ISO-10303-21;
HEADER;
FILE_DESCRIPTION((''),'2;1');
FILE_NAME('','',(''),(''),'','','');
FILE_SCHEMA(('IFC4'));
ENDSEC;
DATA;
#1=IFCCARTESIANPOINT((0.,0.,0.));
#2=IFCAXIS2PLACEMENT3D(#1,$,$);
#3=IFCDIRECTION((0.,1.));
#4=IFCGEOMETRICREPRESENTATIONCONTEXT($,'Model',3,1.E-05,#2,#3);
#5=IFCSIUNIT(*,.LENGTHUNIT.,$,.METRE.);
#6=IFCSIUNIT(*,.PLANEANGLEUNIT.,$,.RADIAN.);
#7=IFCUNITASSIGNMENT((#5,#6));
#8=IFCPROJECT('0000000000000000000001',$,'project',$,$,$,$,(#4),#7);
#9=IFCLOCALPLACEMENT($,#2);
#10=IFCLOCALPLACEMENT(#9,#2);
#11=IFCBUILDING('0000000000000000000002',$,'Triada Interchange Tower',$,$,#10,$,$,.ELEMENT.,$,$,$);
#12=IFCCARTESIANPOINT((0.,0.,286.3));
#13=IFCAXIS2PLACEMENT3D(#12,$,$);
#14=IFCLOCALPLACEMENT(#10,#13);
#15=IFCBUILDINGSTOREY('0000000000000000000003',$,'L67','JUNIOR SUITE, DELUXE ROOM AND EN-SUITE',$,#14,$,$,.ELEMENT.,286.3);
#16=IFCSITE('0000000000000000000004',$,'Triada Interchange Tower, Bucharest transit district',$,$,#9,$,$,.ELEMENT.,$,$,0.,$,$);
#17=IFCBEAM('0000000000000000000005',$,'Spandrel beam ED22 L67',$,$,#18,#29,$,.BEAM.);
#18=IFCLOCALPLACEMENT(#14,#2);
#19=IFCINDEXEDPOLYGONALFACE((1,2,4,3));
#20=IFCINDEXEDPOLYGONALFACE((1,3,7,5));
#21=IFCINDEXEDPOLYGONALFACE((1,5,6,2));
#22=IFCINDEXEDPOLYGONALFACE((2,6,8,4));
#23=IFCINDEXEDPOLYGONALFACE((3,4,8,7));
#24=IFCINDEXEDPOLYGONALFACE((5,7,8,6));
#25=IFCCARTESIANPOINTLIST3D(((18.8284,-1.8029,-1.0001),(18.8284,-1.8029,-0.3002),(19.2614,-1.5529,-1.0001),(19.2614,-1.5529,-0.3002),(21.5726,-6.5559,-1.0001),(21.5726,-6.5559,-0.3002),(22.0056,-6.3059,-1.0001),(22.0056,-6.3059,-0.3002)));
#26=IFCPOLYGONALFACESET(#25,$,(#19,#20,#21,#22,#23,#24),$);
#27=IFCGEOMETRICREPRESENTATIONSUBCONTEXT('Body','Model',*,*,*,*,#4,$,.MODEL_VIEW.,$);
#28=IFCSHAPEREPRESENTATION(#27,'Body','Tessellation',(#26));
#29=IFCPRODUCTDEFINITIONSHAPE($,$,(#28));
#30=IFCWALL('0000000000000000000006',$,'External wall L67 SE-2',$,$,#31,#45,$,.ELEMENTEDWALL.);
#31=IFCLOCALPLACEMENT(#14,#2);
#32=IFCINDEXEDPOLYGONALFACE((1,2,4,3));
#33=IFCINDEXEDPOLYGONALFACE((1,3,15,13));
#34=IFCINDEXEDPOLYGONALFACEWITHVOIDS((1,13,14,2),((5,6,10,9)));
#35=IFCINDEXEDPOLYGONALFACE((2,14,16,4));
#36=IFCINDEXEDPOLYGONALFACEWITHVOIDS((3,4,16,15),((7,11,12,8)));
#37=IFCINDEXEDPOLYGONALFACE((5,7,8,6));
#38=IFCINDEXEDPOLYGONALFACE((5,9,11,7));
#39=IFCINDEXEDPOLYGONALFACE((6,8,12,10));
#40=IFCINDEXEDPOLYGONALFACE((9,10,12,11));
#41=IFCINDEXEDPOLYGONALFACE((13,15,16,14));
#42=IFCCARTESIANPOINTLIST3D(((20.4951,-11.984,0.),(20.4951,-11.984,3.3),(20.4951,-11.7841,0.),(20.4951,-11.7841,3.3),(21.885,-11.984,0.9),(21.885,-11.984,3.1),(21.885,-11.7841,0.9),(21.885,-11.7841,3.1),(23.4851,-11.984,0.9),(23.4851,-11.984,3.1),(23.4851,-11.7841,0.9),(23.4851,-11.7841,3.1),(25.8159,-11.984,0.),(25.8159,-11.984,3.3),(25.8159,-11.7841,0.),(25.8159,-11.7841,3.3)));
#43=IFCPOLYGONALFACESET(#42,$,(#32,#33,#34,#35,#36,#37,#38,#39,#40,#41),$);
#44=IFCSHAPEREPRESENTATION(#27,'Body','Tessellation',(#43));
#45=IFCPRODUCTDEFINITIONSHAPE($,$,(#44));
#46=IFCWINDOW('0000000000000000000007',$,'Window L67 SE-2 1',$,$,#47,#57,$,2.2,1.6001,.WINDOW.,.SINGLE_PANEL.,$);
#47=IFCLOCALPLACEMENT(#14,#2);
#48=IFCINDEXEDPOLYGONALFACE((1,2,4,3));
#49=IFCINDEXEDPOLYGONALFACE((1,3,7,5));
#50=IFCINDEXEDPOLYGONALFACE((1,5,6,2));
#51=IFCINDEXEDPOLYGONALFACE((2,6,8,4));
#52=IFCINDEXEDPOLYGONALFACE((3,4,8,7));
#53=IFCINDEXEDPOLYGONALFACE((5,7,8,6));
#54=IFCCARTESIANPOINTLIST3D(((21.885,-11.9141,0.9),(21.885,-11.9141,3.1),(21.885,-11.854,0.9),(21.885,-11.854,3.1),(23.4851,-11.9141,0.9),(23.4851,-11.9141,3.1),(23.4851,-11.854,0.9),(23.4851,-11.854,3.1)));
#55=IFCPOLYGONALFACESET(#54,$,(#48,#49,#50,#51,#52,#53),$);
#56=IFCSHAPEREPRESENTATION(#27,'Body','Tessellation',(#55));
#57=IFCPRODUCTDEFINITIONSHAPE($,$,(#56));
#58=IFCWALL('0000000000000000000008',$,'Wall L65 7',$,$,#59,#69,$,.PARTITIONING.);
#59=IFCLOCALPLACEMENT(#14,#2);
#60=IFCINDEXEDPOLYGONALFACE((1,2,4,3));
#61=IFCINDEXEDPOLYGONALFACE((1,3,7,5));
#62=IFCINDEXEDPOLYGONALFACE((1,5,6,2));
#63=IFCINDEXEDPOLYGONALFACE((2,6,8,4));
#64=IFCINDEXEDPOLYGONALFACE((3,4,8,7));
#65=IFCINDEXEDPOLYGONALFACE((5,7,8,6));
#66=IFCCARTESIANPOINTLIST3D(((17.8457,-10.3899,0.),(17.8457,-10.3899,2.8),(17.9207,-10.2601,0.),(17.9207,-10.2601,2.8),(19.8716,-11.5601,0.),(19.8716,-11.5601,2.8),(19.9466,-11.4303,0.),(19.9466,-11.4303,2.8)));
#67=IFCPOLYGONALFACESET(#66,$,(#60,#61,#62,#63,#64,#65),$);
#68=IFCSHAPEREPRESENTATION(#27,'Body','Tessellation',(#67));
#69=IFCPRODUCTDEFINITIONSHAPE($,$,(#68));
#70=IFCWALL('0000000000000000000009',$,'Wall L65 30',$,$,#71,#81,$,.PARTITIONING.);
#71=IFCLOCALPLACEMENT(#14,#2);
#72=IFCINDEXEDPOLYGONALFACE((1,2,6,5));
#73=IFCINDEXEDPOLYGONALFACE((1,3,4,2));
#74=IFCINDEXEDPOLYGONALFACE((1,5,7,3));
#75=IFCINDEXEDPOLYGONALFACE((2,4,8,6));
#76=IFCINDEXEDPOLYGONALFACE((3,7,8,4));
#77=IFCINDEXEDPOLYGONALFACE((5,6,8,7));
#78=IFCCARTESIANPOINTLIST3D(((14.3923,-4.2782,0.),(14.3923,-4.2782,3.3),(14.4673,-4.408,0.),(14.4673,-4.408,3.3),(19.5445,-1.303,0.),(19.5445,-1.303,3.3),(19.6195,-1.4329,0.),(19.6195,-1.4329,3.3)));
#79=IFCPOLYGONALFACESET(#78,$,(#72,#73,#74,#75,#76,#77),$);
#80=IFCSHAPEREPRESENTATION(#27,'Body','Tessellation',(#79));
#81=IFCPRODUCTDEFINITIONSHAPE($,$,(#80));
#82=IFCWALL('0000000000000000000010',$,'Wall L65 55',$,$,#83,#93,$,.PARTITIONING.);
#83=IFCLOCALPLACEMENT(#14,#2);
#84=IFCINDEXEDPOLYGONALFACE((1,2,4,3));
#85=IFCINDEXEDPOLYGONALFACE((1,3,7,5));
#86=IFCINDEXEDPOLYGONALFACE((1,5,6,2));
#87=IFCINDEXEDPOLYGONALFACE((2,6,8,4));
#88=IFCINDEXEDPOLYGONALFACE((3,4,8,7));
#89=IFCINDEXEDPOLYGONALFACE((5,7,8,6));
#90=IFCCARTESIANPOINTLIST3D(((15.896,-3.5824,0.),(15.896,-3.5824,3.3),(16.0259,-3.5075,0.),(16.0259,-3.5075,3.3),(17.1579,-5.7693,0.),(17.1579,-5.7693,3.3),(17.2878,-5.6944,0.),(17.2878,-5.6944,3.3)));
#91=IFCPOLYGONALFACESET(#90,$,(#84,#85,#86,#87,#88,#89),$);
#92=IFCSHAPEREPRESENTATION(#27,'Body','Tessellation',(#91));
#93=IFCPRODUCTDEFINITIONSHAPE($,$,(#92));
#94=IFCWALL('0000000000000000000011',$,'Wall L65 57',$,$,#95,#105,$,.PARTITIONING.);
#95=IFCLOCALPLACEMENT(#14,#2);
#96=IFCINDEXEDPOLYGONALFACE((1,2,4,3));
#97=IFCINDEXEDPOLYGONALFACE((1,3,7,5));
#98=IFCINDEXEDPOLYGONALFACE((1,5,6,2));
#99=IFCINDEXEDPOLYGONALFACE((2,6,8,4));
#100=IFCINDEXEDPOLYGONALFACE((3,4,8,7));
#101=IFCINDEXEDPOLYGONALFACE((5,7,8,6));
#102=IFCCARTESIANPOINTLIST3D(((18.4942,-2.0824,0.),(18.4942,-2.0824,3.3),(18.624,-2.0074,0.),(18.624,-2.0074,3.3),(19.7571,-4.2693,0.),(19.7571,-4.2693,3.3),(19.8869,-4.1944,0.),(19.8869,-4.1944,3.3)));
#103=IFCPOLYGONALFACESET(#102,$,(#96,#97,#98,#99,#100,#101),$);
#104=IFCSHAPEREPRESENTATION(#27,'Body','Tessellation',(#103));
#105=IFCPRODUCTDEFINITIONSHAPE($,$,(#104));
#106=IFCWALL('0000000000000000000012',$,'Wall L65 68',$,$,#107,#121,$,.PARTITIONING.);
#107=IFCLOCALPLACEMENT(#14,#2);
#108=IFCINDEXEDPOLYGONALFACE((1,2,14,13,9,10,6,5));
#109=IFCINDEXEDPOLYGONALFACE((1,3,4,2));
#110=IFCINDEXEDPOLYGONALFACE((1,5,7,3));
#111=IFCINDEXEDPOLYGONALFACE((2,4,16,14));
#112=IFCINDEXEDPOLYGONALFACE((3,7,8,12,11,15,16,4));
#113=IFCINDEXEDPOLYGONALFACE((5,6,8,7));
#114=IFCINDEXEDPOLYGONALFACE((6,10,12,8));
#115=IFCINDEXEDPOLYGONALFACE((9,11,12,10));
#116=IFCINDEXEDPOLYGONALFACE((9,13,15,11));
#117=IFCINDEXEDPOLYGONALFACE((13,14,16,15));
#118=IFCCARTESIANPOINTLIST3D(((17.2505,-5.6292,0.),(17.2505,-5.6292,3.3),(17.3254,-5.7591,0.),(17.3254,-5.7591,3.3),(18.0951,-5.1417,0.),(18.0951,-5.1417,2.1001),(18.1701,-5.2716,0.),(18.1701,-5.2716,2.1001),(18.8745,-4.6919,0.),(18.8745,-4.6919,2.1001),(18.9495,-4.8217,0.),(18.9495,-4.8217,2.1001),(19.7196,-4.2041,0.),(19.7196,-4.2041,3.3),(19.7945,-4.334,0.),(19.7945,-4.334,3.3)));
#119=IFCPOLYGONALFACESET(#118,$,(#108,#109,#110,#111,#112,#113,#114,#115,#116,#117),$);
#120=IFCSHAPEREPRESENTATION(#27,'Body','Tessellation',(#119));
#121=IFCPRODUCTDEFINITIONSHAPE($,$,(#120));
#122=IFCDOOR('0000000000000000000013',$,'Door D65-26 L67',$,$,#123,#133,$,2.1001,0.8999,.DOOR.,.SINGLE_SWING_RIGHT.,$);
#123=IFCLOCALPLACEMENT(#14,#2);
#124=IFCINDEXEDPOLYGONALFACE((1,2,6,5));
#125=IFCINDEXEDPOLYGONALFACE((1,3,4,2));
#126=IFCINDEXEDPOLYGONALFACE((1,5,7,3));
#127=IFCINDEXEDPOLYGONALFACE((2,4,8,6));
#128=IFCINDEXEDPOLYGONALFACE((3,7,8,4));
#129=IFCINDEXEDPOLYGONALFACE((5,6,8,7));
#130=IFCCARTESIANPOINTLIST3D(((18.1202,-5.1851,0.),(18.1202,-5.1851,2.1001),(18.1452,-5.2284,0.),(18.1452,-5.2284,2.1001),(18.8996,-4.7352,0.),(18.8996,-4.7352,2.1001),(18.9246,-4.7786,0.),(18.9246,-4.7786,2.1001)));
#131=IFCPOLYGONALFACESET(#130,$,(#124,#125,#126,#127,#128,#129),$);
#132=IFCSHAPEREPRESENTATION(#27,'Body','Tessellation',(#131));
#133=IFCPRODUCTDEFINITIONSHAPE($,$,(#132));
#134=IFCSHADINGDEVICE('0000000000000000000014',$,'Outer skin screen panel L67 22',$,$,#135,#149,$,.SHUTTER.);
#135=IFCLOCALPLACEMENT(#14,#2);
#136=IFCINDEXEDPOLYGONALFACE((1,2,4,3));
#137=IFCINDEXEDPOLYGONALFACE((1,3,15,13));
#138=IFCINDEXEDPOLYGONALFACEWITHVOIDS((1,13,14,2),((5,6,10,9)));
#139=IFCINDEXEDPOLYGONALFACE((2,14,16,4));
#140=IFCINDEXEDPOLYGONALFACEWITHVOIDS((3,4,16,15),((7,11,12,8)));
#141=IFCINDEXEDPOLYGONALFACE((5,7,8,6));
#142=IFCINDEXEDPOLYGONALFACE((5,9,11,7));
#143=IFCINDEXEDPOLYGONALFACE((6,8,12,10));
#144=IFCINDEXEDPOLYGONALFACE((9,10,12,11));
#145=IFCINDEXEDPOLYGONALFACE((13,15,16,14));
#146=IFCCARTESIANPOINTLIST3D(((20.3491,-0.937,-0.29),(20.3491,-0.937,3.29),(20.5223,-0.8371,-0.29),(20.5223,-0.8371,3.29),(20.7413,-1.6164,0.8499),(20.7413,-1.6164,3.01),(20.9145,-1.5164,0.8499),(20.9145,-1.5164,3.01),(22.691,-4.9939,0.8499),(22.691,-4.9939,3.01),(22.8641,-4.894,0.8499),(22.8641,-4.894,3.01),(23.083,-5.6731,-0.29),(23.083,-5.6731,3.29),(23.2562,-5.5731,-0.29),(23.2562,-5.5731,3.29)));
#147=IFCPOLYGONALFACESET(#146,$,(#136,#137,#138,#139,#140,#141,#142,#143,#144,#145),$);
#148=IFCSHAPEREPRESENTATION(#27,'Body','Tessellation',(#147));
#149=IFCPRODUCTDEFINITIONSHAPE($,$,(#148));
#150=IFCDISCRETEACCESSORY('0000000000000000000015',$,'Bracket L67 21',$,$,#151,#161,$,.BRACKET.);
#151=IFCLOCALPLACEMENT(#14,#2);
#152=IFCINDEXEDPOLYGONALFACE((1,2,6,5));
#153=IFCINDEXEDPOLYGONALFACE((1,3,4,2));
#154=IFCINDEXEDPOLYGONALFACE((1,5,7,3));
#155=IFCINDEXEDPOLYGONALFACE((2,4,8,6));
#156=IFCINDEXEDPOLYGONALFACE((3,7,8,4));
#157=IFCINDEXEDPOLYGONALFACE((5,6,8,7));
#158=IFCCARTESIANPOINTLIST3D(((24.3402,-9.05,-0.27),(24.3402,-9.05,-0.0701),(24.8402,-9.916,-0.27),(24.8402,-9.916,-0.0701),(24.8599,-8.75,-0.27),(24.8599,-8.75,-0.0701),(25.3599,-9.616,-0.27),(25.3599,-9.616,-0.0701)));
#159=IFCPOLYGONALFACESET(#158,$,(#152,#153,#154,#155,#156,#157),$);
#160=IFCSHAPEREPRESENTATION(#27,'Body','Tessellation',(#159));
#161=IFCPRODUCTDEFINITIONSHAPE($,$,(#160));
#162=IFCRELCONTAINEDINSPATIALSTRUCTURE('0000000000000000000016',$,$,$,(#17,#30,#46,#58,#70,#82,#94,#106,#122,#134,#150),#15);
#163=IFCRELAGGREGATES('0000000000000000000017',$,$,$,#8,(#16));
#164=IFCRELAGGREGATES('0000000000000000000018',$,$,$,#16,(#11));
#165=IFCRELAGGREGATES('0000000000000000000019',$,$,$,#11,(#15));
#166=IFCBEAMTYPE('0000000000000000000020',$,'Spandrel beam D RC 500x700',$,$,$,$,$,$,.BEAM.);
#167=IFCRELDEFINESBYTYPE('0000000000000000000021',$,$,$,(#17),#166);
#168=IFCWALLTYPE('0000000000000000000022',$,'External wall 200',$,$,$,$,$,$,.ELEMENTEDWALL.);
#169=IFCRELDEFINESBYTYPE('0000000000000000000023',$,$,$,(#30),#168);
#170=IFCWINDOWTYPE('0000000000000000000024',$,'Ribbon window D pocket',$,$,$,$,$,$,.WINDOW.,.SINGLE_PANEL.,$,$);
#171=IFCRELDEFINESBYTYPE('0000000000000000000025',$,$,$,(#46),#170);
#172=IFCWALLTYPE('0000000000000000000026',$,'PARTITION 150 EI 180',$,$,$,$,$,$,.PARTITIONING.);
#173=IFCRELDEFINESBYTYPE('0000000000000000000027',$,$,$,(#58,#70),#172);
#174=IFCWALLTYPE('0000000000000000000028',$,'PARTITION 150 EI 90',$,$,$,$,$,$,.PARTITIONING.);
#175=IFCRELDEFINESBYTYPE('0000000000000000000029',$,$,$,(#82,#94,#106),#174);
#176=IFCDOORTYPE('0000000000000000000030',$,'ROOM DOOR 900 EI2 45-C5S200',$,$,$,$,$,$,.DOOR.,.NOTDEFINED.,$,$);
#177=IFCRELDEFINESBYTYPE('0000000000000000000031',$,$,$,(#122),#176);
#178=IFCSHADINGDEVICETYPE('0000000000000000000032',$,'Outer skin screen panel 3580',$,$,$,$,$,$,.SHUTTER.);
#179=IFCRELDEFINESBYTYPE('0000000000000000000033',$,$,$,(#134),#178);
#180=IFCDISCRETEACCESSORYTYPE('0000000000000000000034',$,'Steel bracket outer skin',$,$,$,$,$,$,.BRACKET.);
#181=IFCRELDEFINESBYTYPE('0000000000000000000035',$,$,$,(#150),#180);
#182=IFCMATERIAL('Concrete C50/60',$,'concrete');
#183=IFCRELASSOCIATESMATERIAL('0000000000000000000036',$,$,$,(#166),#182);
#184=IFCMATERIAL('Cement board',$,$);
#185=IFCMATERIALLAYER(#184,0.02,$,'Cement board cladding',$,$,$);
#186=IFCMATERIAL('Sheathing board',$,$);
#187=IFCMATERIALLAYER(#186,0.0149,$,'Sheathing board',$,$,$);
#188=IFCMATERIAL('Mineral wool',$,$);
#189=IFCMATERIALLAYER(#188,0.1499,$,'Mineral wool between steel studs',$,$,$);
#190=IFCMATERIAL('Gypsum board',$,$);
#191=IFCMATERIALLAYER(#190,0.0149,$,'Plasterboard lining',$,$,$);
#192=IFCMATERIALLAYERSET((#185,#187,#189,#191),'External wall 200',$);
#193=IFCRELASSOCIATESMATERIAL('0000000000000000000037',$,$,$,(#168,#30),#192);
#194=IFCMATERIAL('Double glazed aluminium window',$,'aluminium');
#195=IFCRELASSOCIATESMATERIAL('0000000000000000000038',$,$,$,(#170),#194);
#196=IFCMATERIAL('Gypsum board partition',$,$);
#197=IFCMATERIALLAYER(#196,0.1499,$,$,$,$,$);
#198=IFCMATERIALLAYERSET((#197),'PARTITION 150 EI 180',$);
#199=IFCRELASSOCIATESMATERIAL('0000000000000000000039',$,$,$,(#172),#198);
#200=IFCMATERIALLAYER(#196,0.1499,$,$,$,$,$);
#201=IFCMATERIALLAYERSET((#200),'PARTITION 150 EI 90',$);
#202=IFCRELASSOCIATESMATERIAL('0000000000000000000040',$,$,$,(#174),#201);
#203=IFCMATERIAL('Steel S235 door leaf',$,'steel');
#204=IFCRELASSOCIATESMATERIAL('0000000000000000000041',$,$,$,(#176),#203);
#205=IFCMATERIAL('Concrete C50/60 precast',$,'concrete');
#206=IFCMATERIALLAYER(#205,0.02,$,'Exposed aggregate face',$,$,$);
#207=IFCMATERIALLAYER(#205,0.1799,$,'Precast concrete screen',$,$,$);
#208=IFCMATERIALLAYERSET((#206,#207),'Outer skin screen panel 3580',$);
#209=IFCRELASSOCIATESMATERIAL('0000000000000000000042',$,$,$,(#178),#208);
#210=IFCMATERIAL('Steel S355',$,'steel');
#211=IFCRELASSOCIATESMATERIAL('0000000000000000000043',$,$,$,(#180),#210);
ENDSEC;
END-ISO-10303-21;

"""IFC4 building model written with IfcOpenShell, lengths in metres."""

from ifc_helpers import new_model, si_unit, direction, frame, frame_2d, origin, origin_2d, place, context, subcontext, project, spatial, polyline, rectangle, outline, extrude, material, layer, layer_set, layer_usage, material_profile, profile_set, type_object, element, fill, save


model = new_model("IFC4")

# Units and contexts
model_context = context("Model", 3, precision=1e-05, world=origin(), true_north=direction((0.0, 1.0)))
body_context = subcontext(model_context, "Body", "Model", "MODEL_VIEW")
ifc_project = project(units=[si_unit("LENGTHUNIT", "METRE"), si_unit("PLANEANGLEUNIT", "RADIAN")], contexts=[model_context])

# Site, building, storey
site_placement = place(None, origin())
site = spatial("IfcSite", under=ifc_project, at=site_placement, Name="Triada Interchange Tower, Bucharest transit district", CompositionType="ELEMENT", RefElevation=0.0)
building_placement = place(site_placement, origin())
building = spatial("IfcBuilding", under=site, at=building_placement, Name="Triada Interchange Tower", CompositionType="ELEMENT")
storey_placement = place(building_placement, frame((0.0, 0.0, 286.3)))
storey = spatial("IfcBuildingStorey", under=building, at=storey_placement, Name="L67", Description="JUNIOR SUITE, DELUXE ROOM AND EN-SUITE", CompositionType="ELEMENT", Elevation=286.3)

# Beam
ifc_material_1 = material(Name="Concrete C50/60", Category="concrete")
ifc_material_profile_1 = material_profile(ifc_material_1, rectangle(XDim=0.5, YDim=0.7, at=origin_2d()), Name="RC 500x700")
ifc_profile_set_1 = profile_set([ifc_material_profile_1], Name="Concrete C50/60")
beam_type_1 = type_object("IfcBeamType", Name="Spandrel beam D RC 500x700", PredefinedType="BEAM", material=ifc_profile_set_1)
for number, where, z_axis, x_axis, name in (
    (1, (21.7891, -6.4309, -0.6501), (-0.500005, 0.866023, 0.0), (-0.866023, -0.500005, 0.0), "Spandrel beam ED22 L67"),
):
    element("IfcBeam", number, at=place(storey_placement, frame(where, z_axis=z_axis, x_axis=x_axis)), inside=storey, type_object=beam_type_1, Name=name, PredefinedType="BEAM", context=body_context, shape_type="SweptSolid", body=[
        extrude(rectangle(XDim=0.5, YDim=0.7, at=origin_2d()), origin(), (0.0, 0.0, 1.0), 5.4883),
    ])

# Shared definitions
ifc_material_2 = material(Name="Steel S235 door leaf", Category="steel")

# Wall, opening, window
ifc_material_3 = material(Name="Cement board")
ifc_layer_1 = layer(ifc_material_3, 0.02, Name="Cement board cladding")
ifc_material_4 = material(Name="Sheathing board")
ifc_layer_2 = layer(ifc_material_4, 0.0149, Name="Sheathing board")
ifc_material_5 = material(Name="Mineral wool")
ifc_layer_3 = layer(ifc_material_5, 0.1499, Name="Mineral wool between steel studs")
ifc_material_6 = material(Name="Gypsum board")
ifc_layer_4 = layer(ifc_material_6, 0.0149, Name="Plasterboard lining")
ifc_layer_set_1 = layer_set([ifc_layer_1, ifc_layer_2, ifc_layer_3, ifc_layer_4], Name="External wall 200")
ifc_layer_usage = layer_usage(ifc_layer_set_1, "AXIS2", "POSITIVE", -0.1001)
wall_type_1 = type_object("IfcWallType", Name="External wall 200", PredefinedType="ELEMENTEDWALL", material=ifc_layer_set_1)
wall_1_placement = place(storey_placement, frame((20.4951, -11.884, 0.0), z_axis=(0.0, 0.0, 1.0), x_axis=(1.0, 0.0, 0.0)))
wall_1 = element("IfcWall", 2, at=wall_1_placement, inside=storey, type_object=wall_type_1, material=ifc_layer_usage, Name="External wall L67 SE-2", PredefinedType="ELEMENTEDWALL", context=body_context, shape_type="SweptSolid", body=[
    extrude(rectangle(XDim=5.3208, YDim=0.2, at=frame_2d((2.6604, 0.0))), origin(), (0.0, 0.0, 1.0), 3.3),
])
opening_1_placement = place(wall_1_placement, frame((1.3899, 0.0, 0.8999)))
opening_1 = element("IfcOpeningElement", 3, at=opening_1_placement, cuts=wall_1, PredefinedType="OPENING", context=body_context, shape_type="SweptSolid", body=[
    extrude(rectangle(XDim=1.6001, YDim=2.2, at=frame_2d((0.8, 1.1001))), frame((0.0, 0.1099, 0.0), z_axis=(0.0, -1.0, 0.0), x_axis=(1.0, 0.0, 0.0)), (0.0, 0.0, 1.0), 0.22),
])
ifc_material_7 = material(Name="Double glazed aluminium window", Category="aluminium")
window_type = type_object("IfcWindowType", Name="Ribbon window D pocket", PartitioningType="SINGLE_PANEL", PredefinedType="WINDOW", material=ifc_material_7)
window_placement = place(opening_1_placement, origin())
window = element("IfcWindow", 4, at=window_placement, inside=storey, type_object=window_type, Name="Window L67 SE-2 1", OverallHeight=2.2, OverallWidth=1.6001, PartitioningType="SINGLE_PANEL", PredefinedType="WINDOW", context=body_context, shape_type="SweptSolid", body=[
    extrude(rectangle(XDim=1.6001, YDim=2.2, at=frame_2d((0.8, 1.1001))), frame((0.0, 0.03, 0.0), z_axis=(0.0, -1.0, 0.0), x_axis=(1.0, 0.0, 0.0)), (0.0, 0.0, 1.0), 0.0601),
])
fill(opening_1, window)

# Walls
ifc_material_8 = material(Name="Gypsum board partition")
ifc_layer_5 = layer(ifc_material_8, 0.1499)
ifc_layer_set_2 = layer_set([ifc_layer_5], Name="PARTITION 150 EI 180")
wall_type_2 = type_object("IfcWallType", Name="PARTITION 150 EI 180", PredefinedType="PARTITIONING", material=ifc_layer_set_2)
wall_2_placement = place(storey_placement, frame((17.8831, -10.325, 0.0), z_axis=(0.0, 0.0, 1.0), x_axis=(0.865928, -0.500168, 0.0)))
element("IfcWall", 5, at=wall_2_placement, inside=storey, type_object=wall_type_2, Name="Wall L65 7", PredefinedType="PARTITIONING", context=body_context, shape_type="SweptSolid", body=[
    extrude(rectangle(XDim=2.3396, YDim=0.1499, at=frame_2d((1.1699, 0.0))), origin(), (0.0, 0.0, 1.0), 2.8),
])
wall_3_placement = place(storey_placement, frame((14.4299, -4.343, 0.0), z_axis=(0.0, 0.0, 1.0), x_axis=(0.865987, 0.500067, 0.0)))
element("IfcWall", 6, at=wall_3_placement, inside=storey, type_object=wall_type_2, Name="Wall L65 30", PredefinedType="PARTITIONING", context=body_context, shape_type="SweptSolid", body=[
    extrude(rectangle(XDim=5.9495, YDim=0.1499, at=frame_2d((2.9746, 0.0))), origin(), (0.0, 0.0, 1.0), 3.3),
])
ifc_layer_6 = layer(ifc_material_8, 0.1499)
ifc_layer_set_3 = layer_set([ifc_layer_6], Name="PARTITION 150 EI 90")
wall_type_3 = type_object("IfcWallType", Name="PARTITION 150 EI 90", PredefinedType="PARTITIONING", material=ifc_layer_set_3)
wall_4_placement = place(storey_placement, frame((15.9609, -3.5449, 0.0), z_axis=(0.0, 0.0, 1.0), x_axis=(0.499789, -0.866147, 0.0)))
element("IfcWall", 7, at=wall_4_placement, inside=storey, type_object=wall_type_3, Name="Wall L65 55", PredefinedType="PARTITIONING", context=body_context, shape_type="SweptSolid", body=[
    extrude(rectangle(XDim=2.5249, YDim=0.1499, at=frame_2d((1.2625, 0.0))), origin(), (0.0, 0.0, 1.0), 3.3),
])
wall_5_placement = place(storey_placement, frame((18.5591, -2.0449, 0.0), z_axis=(0.0, 0.0, 1.0), x_axis=(0.500079, -0.86598, 0.0)))
element("IfcWall", 8, at=wall_5_placement, inside=storey, type_object=wall_type_3, Name="Wall L65 57", PredefinedType="PARTITIONING", context=body_context, shape_type="SweptSolid", body=[
    extrude(rectangle(XDim=2.5254, YDim=0.1499, at=frame_2d((1.2627, 0.0))), origin(), (0.0, 0.0, 1.0), 3.3),
])

# Wall, opening, door
wall_6_placement = place(storey_placement, frame((17.2881, -5.6941, 0.0), z_axis=(0.0, 0.0, 1.0), x_axis=(0.86609, 0.499888, 0.0)))
wall_6 = element("IfcWall", 9, at=wall_6_placement, inside=storey, type_object=wall_type_3, Name="Wall L65 68", PredefinedType="PARTITIONING", context=body_context, shape_type="SweptSolid", body=[
    extrude(rectangle(XDim=2.8508, YDim=0.1499, at=frame_2d((1.4253, 0.0))), origin(), (0.0, 0.0, 1.0), 3.3),
])
opening_2_placement = place(wall_6_placement, frame((0.9751, 0.0, 0.0)))
opening_2 = element("IfcOpeningElement", 10, at=opening_2_placement, cuts=wall_6, PredefinedType="OPENING", context=body_context, shape_type="SweptSolid", body=[
    extrude(rectangle(XDim=0.8999, YDim=2.1001, at=frame_2d((0.45, 1.05))), frame((0.0, 0.085, 0.0), z_axis=(0.0, -1.0, 0.0), x_axis=(1.0, 0.0, 0.0)), (0.0, 0.0, 1.0), 0.1699),
])
door_type_1 = type_object("IfcDoorType", Name="ROOM DOOR 900 EI2 45-C5S200", OperationType="NOTDEFINED", PredefinedType="DOOR", material=ifc_material_2)
door_1_placement = place(opening_2_placement, origin())
door_1 = element("IfcDoor", 11, at=door_1_placement, inside=storey, type_object=door_type_1, Name="Door D65-26 L67", OperationType="SINGLE_SWING_RIGHT", OverallHeight=2.1001, OverallWidth=0.8999, PredefinedType="DOOR", context=body_context, shape_type="SweptSolid", body=[
    extrude(rectangle(XDim=0.8999, YDim=2.1001, at=frame_2d((0.45, 1.05))), frame((0.0, 0.0249, 0.0), z_axis=(0.0, -1.0, 0.0), x_axis=(1.0, 0.0, 0.0)), (0.0, 0.0, 1.0), 0.05),
])
fill(opening_2, door_1)

# Shading device
ifc_material_9 = material(Name="Concrete C50/60 precast", Category="concrete")
ifc_layer_7 = layer(ifc_material_9, 0.02, Name="Exposed aggregate face")
ifc_layer_8 = layer(ifc_material_9, 0.1799, Name="Precast concrete screen")
ifc_layer_set_4 = layer_set([ifc_layer_7, ifc_layer_8], Name="Outer skin screen panel 3580")
shading_device_type = type_object("IfcShadingDeviceType", Name="Outer skin screen panel 3580", PredefinedType="SHUTTER", material=ifc_layer_set_4)
shading_device_placement = place(storey_placement, frame((23.083, -5.6731, -0.29), z_axis=(0.0, 0.0, 1.0), x_axis=(-0.499932, 0.866064, 0.0)))
element("IfcShadingDevice", 12, at=shading_device_placement, inside=storey, type_object=shading_device_type, Name="Outer skin screen panel L67 22", PredefinedType="SHUTTER", context=body_context, shape_type="SweptSolid", body=[
    extrude(outline(polyline([(0.0, 0.0), (5.4685, 0.0), (5.4685, 3.5801), (0.0, 3.5801), (0.0, 0.0)]), holes=[polyline([(0.7842, 1.1399), (0.7842, 3.3), (4.6841, 3.3), (4.6841, 1.1399), (0.7842, 1.1399)])]), frame((0.0, 0.0, 0.0), z_axis=(0.0, -1.0, 0.0), x_axis=(1.0, 0.0, 0.0)), (0.0, 0.0, 1.0), 0.2),
])

# Discrete accessory
ifc_material_10 = material(Name="Steel S355", Category="steel")
discrete_accessory_type = type_object("IfcDiscreteAccessoryType", Name="Steel bracket outer skin", PredefinedType="BRACKET", material=ifc_material_10)
for number, where, z_axis, x_axis, name in (
    (13, (24.8501, -9.333, -0.27), (0.0, 0.0, 1.0), (0.866024, 0.500002, 0.0), "Bracket L67 21"),
):
    element("IfcDiscreteAccessory", number, at=place(storey_placement, frame(where, z_axis=z_axis, x_axis=x_axis)), inside=storey, type_object=discrete_accessory_type, Name=name, PredefinedType="BRACKET", context=body_context, shape_type="SweptSolid", body=[
        extrude(rectangle(XDim=0.6001, YDim=1.0, at=origin_2d()), origin(), (0.0, 0.0, 1.0), 0.2),
    ])

save(model, "model.ifc")
